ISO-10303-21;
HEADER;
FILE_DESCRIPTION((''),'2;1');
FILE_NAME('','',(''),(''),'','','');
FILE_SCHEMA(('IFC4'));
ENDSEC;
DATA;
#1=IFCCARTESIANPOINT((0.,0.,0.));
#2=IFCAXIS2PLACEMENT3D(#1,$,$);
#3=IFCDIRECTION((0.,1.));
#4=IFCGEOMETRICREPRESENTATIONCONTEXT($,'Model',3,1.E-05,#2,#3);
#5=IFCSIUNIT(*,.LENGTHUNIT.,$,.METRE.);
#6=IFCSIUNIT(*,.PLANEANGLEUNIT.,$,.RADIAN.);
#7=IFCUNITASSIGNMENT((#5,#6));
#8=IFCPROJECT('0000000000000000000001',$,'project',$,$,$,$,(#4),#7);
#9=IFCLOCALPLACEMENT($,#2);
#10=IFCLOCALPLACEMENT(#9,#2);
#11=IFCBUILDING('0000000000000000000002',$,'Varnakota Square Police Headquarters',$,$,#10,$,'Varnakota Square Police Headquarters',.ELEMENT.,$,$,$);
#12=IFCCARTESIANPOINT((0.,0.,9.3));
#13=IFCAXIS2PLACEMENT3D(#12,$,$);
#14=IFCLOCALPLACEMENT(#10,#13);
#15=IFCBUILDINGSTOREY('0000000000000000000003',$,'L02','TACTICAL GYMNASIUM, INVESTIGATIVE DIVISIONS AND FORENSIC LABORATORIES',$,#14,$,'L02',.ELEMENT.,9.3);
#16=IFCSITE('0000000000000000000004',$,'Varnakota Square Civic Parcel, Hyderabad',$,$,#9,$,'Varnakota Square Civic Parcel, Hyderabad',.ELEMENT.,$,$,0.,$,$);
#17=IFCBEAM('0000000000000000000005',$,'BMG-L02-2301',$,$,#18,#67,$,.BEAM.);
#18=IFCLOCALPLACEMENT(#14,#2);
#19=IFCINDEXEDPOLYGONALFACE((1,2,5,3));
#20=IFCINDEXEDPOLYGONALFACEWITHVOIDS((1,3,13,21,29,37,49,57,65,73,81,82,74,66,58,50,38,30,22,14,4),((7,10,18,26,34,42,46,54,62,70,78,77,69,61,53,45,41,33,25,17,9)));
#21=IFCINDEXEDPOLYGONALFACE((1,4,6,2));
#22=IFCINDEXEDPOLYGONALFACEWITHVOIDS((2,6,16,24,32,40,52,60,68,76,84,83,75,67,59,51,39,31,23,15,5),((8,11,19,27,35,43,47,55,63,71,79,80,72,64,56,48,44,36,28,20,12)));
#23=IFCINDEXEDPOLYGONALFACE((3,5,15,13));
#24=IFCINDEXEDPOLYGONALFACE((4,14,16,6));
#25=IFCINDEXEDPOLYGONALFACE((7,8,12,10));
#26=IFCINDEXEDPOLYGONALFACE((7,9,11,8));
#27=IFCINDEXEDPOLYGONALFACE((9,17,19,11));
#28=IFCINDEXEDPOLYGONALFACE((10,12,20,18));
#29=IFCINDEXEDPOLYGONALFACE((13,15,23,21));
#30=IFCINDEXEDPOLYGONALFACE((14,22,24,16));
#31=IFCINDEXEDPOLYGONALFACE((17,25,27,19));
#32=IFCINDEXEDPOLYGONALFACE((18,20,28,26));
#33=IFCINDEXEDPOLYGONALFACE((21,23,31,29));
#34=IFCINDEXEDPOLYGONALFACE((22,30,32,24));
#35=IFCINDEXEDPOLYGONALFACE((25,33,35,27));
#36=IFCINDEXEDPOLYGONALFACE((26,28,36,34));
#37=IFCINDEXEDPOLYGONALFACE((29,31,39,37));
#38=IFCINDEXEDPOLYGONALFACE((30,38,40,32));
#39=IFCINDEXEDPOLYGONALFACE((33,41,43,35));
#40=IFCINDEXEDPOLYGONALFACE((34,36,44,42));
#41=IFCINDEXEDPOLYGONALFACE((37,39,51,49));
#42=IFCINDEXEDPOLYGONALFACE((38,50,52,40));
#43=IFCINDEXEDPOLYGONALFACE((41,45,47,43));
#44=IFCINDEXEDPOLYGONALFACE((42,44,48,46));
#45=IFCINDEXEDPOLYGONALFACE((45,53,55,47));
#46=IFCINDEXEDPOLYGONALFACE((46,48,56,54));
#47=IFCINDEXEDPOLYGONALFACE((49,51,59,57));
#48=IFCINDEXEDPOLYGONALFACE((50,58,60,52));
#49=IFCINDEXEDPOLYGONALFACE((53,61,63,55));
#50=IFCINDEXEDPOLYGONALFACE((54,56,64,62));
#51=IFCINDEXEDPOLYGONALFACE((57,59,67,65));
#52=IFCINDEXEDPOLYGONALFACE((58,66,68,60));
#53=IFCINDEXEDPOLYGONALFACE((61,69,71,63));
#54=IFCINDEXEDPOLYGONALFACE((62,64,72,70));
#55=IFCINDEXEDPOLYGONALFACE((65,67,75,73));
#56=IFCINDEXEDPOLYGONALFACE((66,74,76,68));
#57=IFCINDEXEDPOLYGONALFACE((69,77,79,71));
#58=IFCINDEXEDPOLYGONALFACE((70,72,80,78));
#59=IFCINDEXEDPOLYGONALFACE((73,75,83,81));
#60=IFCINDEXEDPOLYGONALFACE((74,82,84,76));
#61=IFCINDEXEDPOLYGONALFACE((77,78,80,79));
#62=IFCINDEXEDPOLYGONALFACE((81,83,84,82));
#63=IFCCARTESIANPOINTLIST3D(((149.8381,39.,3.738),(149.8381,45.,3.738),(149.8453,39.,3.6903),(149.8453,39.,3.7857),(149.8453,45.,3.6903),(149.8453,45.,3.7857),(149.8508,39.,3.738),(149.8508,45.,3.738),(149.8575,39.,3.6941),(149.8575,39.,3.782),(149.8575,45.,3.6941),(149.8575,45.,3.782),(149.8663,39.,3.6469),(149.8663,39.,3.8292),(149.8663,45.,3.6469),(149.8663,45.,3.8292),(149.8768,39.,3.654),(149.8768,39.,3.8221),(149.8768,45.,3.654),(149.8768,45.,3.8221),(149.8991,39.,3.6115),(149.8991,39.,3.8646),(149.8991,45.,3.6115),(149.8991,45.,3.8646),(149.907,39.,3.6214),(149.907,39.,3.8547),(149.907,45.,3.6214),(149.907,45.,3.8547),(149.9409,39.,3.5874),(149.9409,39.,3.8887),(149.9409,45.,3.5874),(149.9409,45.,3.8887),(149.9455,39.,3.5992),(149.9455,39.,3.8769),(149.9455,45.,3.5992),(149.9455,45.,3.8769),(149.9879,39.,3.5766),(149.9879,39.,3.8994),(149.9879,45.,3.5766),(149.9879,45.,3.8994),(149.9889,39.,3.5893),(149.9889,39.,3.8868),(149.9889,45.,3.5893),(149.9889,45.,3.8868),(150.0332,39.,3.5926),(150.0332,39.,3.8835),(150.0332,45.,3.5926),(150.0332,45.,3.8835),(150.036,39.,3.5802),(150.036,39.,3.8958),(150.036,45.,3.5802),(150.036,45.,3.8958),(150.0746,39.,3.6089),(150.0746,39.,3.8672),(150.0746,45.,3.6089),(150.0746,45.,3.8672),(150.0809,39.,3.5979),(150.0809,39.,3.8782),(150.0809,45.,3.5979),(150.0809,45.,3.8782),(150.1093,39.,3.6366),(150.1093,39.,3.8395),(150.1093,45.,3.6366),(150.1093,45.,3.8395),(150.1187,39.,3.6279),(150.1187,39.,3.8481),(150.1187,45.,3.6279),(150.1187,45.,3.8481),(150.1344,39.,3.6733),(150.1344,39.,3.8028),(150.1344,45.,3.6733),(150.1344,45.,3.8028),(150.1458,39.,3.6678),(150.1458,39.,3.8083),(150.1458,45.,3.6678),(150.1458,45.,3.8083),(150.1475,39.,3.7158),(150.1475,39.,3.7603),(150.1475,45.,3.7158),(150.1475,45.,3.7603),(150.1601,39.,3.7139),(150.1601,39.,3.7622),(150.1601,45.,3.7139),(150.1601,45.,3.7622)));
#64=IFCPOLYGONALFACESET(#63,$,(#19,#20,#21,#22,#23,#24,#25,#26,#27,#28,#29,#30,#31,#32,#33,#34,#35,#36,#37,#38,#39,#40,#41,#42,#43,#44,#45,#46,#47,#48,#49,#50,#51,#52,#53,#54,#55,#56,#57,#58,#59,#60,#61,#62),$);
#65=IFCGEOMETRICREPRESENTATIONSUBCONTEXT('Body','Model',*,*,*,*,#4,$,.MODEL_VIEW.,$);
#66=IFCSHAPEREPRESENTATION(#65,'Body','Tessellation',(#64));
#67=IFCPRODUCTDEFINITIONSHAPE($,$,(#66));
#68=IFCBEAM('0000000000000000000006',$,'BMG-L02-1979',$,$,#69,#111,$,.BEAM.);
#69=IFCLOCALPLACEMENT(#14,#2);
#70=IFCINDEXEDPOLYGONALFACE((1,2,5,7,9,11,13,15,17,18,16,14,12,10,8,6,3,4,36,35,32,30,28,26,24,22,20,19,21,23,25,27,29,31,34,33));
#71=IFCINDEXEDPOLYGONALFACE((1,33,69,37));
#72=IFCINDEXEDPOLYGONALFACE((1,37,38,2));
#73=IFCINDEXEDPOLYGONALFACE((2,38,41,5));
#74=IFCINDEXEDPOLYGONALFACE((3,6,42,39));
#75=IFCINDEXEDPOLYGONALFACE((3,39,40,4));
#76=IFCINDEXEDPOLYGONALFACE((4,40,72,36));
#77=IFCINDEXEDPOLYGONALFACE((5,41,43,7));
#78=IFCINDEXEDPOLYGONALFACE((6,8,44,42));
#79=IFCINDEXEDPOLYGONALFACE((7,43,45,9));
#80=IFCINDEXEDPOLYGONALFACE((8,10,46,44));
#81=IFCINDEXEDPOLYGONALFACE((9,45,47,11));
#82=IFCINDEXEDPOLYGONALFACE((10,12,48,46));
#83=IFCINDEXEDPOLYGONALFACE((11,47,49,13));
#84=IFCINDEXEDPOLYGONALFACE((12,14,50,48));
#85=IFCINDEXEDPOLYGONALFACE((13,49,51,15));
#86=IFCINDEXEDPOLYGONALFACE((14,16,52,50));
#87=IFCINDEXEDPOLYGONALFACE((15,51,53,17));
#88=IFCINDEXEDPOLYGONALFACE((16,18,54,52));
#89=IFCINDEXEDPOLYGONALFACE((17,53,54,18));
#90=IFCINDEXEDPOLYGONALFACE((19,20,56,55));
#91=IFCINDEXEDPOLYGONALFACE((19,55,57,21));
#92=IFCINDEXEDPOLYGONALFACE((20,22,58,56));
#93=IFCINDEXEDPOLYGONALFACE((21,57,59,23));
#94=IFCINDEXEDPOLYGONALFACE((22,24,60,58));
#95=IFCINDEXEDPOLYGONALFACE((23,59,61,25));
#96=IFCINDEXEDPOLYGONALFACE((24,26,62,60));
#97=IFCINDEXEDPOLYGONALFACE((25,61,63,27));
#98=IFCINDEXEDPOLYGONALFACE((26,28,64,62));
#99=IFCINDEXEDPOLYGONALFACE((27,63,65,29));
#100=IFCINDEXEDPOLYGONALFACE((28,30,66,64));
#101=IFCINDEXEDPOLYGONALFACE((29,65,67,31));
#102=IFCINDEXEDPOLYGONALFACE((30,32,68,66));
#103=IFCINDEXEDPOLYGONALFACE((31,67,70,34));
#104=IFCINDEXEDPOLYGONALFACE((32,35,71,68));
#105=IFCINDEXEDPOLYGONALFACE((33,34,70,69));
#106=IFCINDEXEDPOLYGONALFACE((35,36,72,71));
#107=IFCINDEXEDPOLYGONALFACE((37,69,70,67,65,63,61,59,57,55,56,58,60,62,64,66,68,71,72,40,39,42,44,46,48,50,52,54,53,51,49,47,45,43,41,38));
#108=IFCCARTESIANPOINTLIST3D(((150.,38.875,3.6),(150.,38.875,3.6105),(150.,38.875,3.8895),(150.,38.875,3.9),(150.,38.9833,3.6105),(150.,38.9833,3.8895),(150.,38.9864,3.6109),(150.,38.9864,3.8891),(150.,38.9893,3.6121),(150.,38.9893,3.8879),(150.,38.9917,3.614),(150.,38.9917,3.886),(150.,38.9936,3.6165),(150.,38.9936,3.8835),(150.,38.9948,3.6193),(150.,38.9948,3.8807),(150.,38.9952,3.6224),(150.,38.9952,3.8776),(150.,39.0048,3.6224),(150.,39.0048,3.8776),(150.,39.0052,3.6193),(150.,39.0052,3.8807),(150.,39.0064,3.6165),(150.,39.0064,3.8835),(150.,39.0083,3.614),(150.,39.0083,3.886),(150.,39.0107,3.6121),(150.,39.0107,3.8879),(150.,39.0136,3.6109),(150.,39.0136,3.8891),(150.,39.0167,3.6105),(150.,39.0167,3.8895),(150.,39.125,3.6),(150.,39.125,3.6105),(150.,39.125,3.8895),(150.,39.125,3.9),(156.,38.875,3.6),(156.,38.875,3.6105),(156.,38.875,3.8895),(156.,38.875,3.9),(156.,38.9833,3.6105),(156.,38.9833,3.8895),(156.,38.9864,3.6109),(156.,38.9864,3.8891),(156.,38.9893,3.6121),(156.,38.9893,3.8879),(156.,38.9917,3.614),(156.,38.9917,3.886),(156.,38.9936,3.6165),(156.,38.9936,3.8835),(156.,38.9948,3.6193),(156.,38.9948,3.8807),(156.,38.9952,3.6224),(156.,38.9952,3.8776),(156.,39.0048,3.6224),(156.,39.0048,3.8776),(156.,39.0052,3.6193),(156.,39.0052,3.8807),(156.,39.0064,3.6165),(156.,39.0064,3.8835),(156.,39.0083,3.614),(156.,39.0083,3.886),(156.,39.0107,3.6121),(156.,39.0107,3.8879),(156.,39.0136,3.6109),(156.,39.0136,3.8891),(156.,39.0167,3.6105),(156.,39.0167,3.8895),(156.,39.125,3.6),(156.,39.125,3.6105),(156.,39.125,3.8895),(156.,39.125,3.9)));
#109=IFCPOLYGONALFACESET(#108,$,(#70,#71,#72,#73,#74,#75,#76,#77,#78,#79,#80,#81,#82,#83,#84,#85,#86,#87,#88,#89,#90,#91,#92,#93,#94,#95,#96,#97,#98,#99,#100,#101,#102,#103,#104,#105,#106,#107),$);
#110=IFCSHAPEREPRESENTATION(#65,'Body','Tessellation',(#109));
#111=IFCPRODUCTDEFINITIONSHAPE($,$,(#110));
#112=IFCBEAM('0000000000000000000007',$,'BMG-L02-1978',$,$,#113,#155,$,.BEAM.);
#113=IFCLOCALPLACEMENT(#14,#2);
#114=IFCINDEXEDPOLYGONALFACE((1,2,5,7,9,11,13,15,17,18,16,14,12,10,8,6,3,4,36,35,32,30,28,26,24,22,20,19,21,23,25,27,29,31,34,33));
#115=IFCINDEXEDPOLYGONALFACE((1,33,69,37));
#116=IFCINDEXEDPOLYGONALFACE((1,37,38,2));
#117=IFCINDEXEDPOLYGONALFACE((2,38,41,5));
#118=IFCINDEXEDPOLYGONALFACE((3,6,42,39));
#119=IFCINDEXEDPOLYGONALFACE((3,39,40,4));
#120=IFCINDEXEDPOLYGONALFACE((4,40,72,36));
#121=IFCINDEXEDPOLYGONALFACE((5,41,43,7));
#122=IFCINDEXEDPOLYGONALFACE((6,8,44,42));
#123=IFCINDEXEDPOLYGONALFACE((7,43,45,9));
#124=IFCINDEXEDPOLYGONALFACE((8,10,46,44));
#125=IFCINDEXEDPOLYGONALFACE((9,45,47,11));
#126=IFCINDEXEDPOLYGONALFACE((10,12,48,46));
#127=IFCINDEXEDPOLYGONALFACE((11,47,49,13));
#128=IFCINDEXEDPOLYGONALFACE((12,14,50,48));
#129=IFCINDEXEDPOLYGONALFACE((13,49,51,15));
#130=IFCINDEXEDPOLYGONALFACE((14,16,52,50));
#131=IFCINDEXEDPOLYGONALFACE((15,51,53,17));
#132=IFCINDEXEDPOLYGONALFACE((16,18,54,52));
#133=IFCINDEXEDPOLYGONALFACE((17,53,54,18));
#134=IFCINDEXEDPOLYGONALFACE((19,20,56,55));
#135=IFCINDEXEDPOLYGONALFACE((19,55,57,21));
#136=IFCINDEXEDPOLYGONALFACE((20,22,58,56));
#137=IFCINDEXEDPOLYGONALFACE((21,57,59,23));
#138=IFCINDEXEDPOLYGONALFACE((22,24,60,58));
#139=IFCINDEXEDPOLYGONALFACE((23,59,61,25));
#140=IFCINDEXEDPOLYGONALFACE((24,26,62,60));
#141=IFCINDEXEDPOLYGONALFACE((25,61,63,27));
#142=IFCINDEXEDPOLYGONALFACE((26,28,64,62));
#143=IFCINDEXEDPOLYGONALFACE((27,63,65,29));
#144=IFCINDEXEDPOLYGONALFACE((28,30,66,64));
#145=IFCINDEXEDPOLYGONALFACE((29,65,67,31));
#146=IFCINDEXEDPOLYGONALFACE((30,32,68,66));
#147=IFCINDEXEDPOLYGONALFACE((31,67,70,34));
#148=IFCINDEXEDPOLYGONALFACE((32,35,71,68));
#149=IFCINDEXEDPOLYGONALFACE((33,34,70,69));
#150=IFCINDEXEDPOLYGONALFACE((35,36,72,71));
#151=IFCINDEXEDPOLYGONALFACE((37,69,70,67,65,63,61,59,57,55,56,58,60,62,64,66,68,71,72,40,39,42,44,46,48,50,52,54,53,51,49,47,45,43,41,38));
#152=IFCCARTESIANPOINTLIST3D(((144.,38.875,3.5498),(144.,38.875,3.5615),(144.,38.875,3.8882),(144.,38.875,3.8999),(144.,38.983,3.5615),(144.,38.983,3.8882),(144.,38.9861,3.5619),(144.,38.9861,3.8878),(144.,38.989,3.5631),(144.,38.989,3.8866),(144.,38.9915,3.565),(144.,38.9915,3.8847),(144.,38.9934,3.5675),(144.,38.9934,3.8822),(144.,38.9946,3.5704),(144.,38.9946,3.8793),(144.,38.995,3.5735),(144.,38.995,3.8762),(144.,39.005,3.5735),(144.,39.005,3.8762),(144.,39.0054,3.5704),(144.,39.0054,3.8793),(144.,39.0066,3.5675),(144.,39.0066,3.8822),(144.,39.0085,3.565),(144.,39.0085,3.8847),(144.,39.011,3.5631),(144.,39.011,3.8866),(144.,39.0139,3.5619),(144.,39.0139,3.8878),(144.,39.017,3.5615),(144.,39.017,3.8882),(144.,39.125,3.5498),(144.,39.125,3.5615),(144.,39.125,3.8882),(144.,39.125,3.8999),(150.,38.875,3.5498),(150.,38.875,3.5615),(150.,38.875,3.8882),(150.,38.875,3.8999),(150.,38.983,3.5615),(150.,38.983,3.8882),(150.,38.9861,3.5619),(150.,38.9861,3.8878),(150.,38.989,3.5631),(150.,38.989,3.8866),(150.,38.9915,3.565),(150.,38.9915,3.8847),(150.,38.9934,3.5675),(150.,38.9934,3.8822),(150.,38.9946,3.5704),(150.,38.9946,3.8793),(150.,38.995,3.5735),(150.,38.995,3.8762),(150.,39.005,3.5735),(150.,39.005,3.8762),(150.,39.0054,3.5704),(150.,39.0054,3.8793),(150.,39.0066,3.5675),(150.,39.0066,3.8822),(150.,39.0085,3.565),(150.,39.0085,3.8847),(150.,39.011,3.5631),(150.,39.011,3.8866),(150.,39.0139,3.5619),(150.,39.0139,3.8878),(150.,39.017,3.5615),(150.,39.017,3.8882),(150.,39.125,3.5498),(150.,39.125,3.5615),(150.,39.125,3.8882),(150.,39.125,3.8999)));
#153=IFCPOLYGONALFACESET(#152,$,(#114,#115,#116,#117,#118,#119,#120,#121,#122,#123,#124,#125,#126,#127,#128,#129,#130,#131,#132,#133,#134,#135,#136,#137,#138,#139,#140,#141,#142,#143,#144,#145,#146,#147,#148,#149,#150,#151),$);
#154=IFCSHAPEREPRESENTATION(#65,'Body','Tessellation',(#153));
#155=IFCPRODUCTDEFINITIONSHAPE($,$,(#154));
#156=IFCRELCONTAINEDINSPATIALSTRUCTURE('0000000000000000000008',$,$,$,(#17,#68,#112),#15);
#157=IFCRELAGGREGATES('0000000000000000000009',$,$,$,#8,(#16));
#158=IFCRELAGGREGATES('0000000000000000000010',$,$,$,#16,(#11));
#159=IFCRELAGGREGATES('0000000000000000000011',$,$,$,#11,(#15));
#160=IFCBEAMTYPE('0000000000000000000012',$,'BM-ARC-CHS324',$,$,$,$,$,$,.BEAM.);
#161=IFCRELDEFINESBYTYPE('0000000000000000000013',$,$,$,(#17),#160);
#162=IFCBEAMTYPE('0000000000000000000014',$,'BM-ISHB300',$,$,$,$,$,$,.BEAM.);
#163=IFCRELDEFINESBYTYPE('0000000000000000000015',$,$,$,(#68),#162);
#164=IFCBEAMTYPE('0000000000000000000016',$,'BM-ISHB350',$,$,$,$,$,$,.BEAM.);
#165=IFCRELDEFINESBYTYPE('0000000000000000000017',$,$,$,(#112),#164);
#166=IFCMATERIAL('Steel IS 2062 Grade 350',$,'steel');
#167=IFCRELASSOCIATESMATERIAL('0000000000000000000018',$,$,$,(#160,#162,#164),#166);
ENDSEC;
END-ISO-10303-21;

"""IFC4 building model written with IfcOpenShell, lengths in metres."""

from ifc_helpers import new_model, si_unit, direction, frame, origin, origin_2d, place, context, subcontext, project, spatial, hollow_circle, i_section, extrude, material, material_profile, profile_set, type_object, element, save


model = new_model("IFC4")

# Units and contexts
model_context = context("Model", 3, precision=1e-05, world=origin(), true_north=direction((0.0, 1.0)))
body_context = subcontext(model_context, "Body", "Model", "MODEL_VIEW")
ifc_project = project(units=[si_unit("LENGTHUNIT", "METRE"), si_unit("PLANEANGLEUNIT", "RADIAN")], contexts=[model_context])

# Site, building, storey
site_placement = place(None, origin())
site = spatial("IfcSite", under=ifc_project, at=site_placement, Name="Varnakota Square Civic Parcel, Hyderabad", LongName="Varnakota Square Civic Parcel, Hyderabad", CompositionType="ELEMENT", RefElevation=0.0)
building_placement = place(site_placement, origin())
building = spatial("IfcBuilding", under=site, at=building_placement, Name="Varnakota Square Police Headquarters", LongName="Varnakota Square Police Headquarters", CompositionType="ELEMENT")
storey_placement = place(building_placement, frame((0.0, 0.0, 9.3)))
storey = spatial("IfcBuildingStorey", under=building, at=storey_placement, Name="L02", Description="TACTICAL GYMNASIUM, INVESTIGATIVE DIVISIONS AND FORENSIC LABORATORIES", LongName="L02", CompositionType="ELEMENT", Elevation=9.3)

# Shared definitions
ifc_material_1 = material(Name="Steel IS 2062 Grade 350", Category="steel")

# Beams
ifc_material_profile_1 = material_profile(ifc_material_1, hollow_circle(Radius=0.1619, WallThickness=0.0127, at=origin_2d()), Name="CHS 323.9x12.7")
ifc_profile_set_1 = profile_set([ifc_material_profile_1], Name="Steel IS 2062 Grade 350")
beam_type_1 = type_object("IfcBeamType", Name="BM-ARC-CHS324", PredefinedType="BEAM", material=ifc_profile_set_1)
for number, where, z_axis, x_axis, name in (
    (1, (150.0, 39.0, 3.738), (0.0, 1.0, 0.0), (-1.0, 0.0, 0.0), "BMG-L02-2301"),
):
    element("IfcBeam", number, at=place(storey_placement, frame(where, z_axis=z_axis, x_axis=x_axis)), inside=storey, type_object=beam_type_1, Name=name, PredefinedType="BEAM", context=body_context, shape_type="SweptSolid", body=[
        extrude(hollow_circle(Radius=0.1619, WallThickness=0.0127, at=origin_2d()), origin(), (0.0, 0.0, 1.0), 6.0),
    ])
ifc_material_profile_2 = material_profile(ifc_material_1, i_section(OverallWidth=0.25, OverallDepth=0.3, WebThickness=0.0095, FlangeThickness=0.0105, FilletRadius=0.012, at=origin_2d()), Name="ISHB 300")
ifc_profile_set_2 = profile_set([ifc_material_profile_2], Name="Steel IS 2062 Grade 350")
beam_type_2 = type_object("IfcBeamType", Name="BM-ISHB300", PredefinedType="BEAM", material=ifc_profile_set_2)
beam_1_placement = place(storey_placement, frame((150.0, 39.0, 3.75), z_axis=(1.0, 0.0, 0.0), x_axis=(0.0, 1.0, 0.0)))
element("IfcBeam", 2, at=beam_1_placement, inside=storey, type_object=beam_type_2, Name="BMG-L02-1979", PredefinedType="BEAM", context=body_context, shape_type="SweptSolid", body=[
    extrude(i_section(OverallWidth=0.25, OverallDepth=0.3, WebThickness=0.0095, FlangeThickness=0.0105, FilletRadius=0.012, at=origin_2d()), origin(), (0.0, 0.0, 1.0), 6.0),
])
ifc_material_profile_3 = material_profile(ifc_material_1, i_section(OverallWidth=0.25, OverallDepth=0.3501, WebThickness=0.01, FlangeThickness=0.0117, FilletRadius=0.012, at=origin_2d()), Name="ISHB 350")
ifc_profile_set_3 = profile_set([ifc_material_profile_3], Name="Steel IS 2062 Grade 350")
beam_type_3 = type_object("IfcBeamType", Name="BM-ISHB350", PredefinedType="BEAM", material=ifc_profile_set_3)
beam_2_placement = place(storey_placement, frame((144.0, 39.0, 3.7249), z_axis=(1.0, 0.0, 0.0), x_axis=(0.0, 1.0, 0.0)))
element("IfcBeam", 3, at=beam_2_placement, inside=storey, type_object=beam_type_3, Name="BMG-L02-1978", PredefinedType="BEAM", context=body_context, shape_type="SweptSolid", body=[
    extrude(i_section(OverallWidth=0.25, OverallDepth=0.3501, WebThickness=0.01, FlangeThickness=0.0117, FilletRadius=0.012, at=origin_2d()), origin(), (0.0, 0.0, 1.0), 6.0),
])

save(model, "model.ifc")
